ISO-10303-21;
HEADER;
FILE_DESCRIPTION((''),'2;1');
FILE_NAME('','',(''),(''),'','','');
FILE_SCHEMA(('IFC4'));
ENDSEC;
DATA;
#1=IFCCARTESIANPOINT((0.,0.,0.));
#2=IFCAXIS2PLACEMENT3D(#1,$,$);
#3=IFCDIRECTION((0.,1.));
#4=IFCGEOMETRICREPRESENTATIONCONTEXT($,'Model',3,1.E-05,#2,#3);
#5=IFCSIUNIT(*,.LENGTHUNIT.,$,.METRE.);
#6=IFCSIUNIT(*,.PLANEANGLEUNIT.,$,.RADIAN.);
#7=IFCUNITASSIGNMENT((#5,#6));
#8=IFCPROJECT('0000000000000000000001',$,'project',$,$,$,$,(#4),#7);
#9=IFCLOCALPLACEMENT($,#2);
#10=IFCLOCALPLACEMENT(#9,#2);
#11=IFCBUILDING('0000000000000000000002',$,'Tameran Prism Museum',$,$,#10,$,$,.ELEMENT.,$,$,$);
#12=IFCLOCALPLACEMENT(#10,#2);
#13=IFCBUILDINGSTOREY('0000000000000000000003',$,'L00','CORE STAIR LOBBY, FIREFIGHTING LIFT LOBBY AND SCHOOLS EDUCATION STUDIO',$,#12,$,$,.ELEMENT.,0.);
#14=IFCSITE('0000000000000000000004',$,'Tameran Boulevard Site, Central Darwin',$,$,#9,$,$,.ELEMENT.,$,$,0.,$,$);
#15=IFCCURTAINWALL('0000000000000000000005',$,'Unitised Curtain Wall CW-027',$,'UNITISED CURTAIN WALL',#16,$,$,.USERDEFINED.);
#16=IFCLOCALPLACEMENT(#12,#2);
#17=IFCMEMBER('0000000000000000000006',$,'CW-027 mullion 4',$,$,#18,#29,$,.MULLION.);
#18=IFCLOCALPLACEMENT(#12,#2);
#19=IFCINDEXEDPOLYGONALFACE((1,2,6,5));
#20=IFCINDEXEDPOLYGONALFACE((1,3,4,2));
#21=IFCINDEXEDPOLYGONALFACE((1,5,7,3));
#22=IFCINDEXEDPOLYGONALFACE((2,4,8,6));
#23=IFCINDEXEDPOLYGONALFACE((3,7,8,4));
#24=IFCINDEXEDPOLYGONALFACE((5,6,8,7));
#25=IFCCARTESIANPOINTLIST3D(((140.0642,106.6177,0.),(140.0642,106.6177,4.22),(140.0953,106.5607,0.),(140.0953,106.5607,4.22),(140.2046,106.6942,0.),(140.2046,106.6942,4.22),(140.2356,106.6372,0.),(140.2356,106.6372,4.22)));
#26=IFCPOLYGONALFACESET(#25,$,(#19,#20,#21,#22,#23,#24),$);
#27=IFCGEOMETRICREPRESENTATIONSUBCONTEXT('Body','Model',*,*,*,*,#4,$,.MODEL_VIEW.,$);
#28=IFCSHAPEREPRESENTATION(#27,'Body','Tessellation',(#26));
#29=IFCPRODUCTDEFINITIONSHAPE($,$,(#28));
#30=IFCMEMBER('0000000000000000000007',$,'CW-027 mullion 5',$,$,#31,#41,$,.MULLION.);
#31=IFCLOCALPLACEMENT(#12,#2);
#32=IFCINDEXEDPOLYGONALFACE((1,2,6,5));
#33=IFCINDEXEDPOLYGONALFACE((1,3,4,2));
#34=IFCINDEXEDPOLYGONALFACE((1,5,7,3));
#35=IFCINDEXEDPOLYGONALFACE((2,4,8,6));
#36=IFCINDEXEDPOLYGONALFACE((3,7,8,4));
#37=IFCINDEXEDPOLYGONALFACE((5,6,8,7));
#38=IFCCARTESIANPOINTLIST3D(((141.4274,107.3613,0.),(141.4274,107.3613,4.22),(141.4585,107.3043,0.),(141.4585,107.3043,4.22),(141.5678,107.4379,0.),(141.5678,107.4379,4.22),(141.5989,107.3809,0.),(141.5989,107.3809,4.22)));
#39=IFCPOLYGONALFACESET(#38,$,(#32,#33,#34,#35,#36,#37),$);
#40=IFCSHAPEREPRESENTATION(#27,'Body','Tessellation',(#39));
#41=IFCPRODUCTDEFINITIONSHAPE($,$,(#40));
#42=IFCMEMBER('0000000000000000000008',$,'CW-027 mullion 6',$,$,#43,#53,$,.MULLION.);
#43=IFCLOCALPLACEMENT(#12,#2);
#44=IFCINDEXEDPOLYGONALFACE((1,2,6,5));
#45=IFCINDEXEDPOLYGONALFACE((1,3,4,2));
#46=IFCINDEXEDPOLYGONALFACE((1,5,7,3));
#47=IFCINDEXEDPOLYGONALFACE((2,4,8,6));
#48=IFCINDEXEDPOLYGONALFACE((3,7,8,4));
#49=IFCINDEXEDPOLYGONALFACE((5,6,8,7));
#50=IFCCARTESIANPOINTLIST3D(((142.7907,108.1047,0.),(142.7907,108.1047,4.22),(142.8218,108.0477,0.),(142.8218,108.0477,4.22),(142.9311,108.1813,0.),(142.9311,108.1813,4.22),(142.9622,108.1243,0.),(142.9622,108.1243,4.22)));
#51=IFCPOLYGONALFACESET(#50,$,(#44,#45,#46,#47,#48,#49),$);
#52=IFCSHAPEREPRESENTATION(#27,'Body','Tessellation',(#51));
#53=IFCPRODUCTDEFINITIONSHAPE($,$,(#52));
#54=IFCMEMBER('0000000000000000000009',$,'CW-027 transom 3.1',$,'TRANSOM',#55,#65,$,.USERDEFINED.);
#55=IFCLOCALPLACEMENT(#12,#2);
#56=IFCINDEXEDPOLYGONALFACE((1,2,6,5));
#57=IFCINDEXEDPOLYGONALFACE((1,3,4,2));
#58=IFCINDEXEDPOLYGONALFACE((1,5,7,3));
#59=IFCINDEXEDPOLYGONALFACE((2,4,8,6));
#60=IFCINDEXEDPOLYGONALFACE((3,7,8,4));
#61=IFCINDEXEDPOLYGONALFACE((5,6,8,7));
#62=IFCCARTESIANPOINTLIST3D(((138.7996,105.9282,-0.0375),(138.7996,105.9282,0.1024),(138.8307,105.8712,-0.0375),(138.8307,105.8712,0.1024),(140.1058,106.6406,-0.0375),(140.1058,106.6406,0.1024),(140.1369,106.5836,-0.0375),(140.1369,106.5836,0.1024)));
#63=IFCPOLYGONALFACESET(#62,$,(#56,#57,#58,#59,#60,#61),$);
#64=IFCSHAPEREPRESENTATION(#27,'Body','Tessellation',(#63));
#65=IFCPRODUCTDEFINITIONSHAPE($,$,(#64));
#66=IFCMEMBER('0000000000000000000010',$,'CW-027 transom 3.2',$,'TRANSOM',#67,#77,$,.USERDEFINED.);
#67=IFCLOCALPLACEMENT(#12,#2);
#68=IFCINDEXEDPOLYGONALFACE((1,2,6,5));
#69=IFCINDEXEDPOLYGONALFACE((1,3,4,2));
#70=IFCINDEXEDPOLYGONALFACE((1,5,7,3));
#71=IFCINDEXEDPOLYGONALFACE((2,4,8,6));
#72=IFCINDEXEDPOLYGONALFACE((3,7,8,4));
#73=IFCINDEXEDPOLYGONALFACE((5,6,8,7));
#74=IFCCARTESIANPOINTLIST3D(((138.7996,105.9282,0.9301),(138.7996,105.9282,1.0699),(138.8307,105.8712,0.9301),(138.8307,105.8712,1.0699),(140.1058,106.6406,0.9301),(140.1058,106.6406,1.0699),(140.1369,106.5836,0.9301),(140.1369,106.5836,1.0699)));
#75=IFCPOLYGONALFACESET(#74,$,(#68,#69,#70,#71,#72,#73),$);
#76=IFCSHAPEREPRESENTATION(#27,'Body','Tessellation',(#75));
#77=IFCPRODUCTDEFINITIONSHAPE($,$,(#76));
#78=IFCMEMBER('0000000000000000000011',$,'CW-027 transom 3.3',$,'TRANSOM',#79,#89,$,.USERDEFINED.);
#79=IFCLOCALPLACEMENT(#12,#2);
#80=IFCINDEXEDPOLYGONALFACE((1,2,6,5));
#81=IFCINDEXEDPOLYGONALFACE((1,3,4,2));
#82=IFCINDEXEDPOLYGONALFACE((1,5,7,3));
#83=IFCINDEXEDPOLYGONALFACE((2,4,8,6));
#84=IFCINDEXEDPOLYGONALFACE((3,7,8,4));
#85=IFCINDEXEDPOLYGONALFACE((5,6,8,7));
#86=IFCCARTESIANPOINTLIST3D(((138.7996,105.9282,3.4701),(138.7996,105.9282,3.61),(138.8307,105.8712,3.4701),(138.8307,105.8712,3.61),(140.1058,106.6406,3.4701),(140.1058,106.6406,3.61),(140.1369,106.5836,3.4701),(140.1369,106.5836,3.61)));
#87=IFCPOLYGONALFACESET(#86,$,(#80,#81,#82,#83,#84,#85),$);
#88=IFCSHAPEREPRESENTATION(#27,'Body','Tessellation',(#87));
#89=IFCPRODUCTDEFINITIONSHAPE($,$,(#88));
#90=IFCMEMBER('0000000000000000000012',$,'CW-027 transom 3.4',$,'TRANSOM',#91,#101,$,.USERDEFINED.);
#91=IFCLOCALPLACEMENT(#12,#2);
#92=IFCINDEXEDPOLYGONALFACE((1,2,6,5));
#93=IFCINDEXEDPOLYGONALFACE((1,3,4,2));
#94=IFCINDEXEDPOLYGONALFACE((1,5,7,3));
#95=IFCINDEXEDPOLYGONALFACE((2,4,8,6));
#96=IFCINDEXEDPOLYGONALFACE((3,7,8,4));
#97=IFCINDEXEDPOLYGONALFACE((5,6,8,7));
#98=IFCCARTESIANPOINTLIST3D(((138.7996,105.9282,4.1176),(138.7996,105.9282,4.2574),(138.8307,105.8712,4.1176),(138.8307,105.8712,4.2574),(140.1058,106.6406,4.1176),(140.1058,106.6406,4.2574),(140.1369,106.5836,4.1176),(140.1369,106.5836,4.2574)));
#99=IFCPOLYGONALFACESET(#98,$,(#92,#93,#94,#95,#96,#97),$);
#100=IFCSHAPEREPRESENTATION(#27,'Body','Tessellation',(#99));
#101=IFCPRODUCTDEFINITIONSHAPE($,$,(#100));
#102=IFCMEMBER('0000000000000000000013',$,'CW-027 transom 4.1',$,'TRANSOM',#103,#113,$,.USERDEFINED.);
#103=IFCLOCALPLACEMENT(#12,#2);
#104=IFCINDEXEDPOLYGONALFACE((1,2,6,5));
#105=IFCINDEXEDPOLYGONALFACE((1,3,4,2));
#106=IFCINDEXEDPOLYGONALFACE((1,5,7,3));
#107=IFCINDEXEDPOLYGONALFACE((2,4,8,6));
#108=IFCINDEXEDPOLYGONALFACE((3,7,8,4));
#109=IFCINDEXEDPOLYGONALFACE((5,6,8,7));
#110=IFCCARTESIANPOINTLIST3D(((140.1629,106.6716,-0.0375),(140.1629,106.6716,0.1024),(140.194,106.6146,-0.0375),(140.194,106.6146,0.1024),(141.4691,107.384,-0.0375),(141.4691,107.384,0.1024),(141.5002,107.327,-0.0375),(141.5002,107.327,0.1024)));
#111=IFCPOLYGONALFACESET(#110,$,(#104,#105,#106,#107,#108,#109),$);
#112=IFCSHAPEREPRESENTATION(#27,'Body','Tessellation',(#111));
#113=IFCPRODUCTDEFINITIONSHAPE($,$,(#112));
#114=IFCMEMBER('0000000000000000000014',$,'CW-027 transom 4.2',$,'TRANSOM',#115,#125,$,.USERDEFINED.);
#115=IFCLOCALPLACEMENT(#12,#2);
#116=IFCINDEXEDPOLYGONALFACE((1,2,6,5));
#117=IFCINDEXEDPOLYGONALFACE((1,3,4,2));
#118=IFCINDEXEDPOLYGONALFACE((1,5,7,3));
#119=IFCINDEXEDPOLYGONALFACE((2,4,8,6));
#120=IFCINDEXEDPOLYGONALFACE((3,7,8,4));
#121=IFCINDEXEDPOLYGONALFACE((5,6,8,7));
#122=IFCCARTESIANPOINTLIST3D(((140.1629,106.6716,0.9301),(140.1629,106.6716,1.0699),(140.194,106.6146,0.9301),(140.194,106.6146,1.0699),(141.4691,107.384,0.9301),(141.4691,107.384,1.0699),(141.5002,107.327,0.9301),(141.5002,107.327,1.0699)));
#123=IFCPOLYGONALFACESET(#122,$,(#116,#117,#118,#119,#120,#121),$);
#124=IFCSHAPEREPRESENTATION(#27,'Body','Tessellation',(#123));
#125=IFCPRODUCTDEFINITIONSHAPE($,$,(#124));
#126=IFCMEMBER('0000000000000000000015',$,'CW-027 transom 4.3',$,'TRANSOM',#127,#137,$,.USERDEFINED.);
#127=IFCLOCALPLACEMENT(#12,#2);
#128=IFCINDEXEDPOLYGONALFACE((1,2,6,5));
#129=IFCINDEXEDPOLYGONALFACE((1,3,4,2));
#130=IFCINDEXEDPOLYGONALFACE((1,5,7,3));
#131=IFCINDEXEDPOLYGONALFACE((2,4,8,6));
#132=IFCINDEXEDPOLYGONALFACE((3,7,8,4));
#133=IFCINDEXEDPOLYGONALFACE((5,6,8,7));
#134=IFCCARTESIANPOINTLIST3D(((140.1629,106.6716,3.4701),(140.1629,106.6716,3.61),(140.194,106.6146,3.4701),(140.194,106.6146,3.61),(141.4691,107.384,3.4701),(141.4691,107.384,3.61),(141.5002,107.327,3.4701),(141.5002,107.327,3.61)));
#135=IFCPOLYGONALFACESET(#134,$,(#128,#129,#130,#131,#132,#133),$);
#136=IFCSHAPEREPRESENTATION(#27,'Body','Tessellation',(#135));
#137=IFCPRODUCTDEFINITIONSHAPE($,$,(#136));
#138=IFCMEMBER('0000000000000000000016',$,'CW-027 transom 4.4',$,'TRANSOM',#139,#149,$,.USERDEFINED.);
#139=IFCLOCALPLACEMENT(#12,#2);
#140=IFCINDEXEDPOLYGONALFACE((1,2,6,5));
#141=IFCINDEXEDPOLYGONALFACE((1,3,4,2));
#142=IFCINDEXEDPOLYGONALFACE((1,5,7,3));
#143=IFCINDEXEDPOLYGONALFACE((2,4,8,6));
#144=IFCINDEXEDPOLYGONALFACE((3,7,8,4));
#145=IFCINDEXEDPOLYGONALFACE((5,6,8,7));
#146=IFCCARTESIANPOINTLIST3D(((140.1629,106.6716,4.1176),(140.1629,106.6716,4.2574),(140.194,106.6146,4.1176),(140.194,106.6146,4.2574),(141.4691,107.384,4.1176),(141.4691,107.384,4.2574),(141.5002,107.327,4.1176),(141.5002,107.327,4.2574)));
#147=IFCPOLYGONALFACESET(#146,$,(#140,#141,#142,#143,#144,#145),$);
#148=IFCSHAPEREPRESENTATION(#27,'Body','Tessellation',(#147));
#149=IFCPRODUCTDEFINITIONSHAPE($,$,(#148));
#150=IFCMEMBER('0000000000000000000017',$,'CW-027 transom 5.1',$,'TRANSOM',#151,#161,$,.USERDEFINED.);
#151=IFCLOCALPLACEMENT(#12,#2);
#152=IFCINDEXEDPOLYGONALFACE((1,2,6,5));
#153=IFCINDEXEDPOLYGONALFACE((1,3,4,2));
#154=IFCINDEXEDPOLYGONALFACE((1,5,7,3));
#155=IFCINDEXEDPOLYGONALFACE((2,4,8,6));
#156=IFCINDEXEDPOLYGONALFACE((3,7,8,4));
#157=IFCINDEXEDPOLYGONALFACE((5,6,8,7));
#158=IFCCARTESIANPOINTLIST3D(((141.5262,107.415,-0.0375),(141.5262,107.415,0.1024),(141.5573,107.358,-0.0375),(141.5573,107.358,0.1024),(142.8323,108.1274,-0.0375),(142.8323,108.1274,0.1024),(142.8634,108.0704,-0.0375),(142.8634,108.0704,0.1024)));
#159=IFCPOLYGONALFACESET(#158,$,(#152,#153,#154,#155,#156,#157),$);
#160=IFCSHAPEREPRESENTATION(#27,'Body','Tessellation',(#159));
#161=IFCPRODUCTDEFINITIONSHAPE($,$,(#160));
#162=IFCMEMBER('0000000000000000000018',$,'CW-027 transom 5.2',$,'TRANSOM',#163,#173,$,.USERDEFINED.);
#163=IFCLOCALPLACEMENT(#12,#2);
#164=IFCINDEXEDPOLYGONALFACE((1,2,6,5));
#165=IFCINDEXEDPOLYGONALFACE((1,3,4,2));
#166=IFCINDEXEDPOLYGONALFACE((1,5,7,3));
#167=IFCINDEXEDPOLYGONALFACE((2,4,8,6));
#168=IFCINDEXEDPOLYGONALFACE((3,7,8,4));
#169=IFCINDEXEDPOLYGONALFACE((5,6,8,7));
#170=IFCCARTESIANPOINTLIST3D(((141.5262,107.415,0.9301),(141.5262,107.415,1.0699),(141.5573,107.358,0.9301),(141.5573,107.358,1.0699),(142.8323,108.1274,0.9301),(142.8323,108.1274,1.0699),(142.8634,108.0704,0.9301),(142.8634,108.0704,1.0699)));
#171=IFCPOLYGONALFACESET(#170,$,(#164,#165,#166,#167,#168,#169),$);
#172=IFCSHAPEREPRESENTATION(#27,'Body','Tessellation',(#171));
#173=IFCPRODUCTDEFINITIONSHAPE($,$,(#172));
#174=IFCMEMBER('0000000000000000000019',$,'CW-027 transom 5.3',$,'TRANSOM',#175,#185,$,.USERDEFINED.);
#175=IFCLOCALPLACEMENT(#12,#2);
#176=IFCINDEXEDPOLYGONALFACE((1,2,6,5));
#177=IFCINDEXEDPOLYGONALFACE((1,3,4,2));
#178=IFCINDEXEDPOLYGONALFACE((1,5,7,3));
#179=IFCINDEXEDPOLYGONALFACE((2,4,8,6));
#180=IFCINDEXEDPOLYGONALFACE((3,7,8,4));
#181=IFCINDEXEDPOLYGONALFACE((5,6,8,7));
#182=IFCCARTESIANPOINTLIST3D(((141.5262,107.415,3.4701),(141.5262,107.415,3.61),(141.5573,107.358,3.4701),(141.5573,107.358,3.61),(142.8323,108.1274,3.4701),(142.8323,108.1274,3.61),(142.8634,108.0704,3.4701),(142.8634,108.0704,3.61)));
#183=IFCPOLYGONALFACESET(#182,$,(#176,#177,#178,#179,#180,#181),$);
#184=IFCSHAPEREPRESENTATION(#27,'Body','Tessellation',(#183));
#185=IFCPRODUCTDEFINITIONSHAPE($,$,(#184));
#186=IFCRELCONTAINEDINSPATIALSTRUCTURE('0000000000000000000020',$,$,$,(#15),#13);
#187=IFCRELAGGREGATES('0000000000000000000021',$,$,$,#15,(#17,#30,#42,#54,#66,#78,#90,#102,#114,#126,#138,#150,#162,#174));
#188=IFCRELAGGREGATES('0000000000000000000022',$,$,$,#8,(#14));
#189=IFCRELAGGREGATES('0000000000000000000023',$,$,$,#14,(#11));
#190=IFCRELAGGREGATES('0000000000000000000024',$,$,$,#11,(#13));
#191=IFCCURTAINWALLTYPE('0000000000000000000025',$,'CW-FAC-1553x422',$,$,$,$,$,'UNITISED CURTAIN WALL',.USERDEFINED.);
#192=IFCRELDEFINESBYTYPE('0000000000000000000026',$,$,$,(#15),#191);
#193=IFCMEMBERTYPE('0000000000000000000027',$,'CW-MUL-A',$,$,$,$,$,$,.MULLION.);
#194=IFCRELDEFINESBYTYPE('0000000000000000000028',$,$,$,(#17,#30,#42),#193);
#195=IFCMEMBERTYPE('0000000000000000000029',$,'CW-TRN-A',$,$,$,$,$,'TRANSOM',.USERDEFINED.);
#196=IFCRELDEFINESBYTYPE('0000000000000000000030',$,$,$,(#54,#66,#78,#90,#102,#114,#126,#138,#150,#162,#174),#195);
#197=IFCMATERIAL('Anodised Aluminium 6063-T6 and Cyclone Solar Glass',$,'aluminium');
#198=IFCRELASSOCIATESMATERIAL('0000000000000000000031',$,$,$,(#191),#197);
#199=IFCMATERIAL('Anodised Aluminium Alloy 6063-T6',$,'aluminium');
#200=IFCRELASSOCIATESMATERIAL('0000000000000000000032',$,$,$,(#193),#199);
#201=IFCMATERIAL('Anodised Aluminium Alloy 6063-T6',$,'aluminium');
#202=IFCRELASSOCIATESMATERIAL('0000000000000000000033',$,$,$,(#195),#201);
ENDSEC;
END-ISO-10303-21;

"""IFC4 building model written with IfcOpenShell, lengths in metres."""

from ifc_helpers import new_model, si_unit, direction, frame, origin, origin_2d, place, context, subcontext, project, spatial, rectangle, extrude, material, material_profile, profile_set, type_object, element, aggregate, save


model = new_model("IFC4")

# Units and contexts
model_context = context("Model", 3, precision=1e-05, world=origin(), true_north=direction((0.0, 1.0)))
body_context = subcontext(model_context, "Body", "Model", "MODEL_VIEW")
ifc_project = project(units=[si_unit("LENGTHUNIT", "METRE"), si_unit("PLANEANGLEUNIT", "RADIAN")], contexts=[model_context])

# Site, building, storey
site_placement = place(None, origin())
site = spatial("IfcSite", under=ifc_project, at=site_placement, Name="Tameran Boulevard Site, Central Darwin", CompositionType="ELEMENT", RefElevation=0.0)
building_placement = place(site_placement, origin())
building = spatial("IfcBuilding", under=site, at=building_placement, Name="Tameran Prism Museum", CompositionType="ELEMENT")
storey_placement = place(building_placement, origin())
storey = spatial("IfcBuildingStorey", under=building, at=storey_placement, Name="L00", Description="CORE STAIR LOBBY, FIREFIGHTING LIFT LOBBY AND SCHOOLS EDUCATION STUDIO", CompositionType="ELEMENT", Elevation=0.0)

# Curtain wall, members
ifc_material_1 = material(Name="Anodised Aluminium 6063-T6 and Cyclone Solar Glass", Category="aluminium")
curtain_wall_type = type_object("IfcCurtainWallType", Name="CW-FAC-1553x422", ElementType="UNITISED CURTAIN WALL", PredefinedType="USERDEFINED", material=ifc_material_1)
curtain_wall_placement = place(storey_placement, origin())
curtain_wall = element("IfcCurtainWall", 1, at=curtain_wall_placement, inside=storey, type_object=curtain_wall_type, Name="Unitised Curtain Wall CW-027", ObjectType="UNITISED CURTAIN WALL", PredefinedType="USERDEFINED")
ifc_material_2 = material(Name="Anodised Aluminium Alloy 6063-T6", Category="aluminium")
ifc_material_profile_1 = material_profile(ifc_material_2, rectangle(XDim=0.0649, YDim=0.1599, at=origin_2d()))
ifc_profile_set_1 = profile_set([ifc_material_profile_1])
member_type_1 = type_object("IfcMemberType", Name="CW-MUL-A", PredefinedType="MULLION", material=ifc_profile_set_1)
member_1_placement = place(storey_placement, frame((140.1499, 106.6274, 0.0), z_axis=(0.0, 0.0, 1.0), x_axis=(-0.478793, 0.877928, 0.0)))
member_1 = element("IfcMember", 2, at=member_1_placement, type_object=member_type_1, Name="CW-027 mullion 4", PredefinedType="MULLION", context=body_context, shape_type="SweptSolid", body=[
    extrude(rectangle(XDim=0.0649, YDim=0.1599, at=origin_2d()), origin(), (0.0, 0.0, 1.0), 4.22),
])
member_2_placement = place(storey_placement, frame((141.5132, 107.3711, 0.0), z_axis=(0.0, 0.0, 1.0), x_axis=(-0.478793, 0.877928, 0.0)))
member_2 = element("IfcMember", 3, at=member_2_placement, type_object=member_type_1, Name="CW-027 mullion 5", PredefinedType="MULLION", context=body_context, shape_type="SweptSolid", body=[
    extrude(rectangle(XDim=0.0649, YDim=0.1599, at=origin_2d()), origin(), (0.0, 0.0, 1.0), 4.22),
])
member_3_placement = place(storey_placement, frame((142.8765, 108.1145, 0.0), z_axis=(0.0, 0.0, 1.0), x_axis=(-0.478793, 0.877928, 0.0)))
member_3 = element("IfcMember", 4, at=member_3_placement, type_object=member_type_1, Name="CW-027 mullion 6", PredefinedType="MULLION", context=body_context, shape_type="SweptSolid", body=[
    extrude(rectangle(XDim=0.0649, YDim=0.1599, at=origin_2d()), origin(), (0.0, 0.0, 1.0), 4.22),
])
ifc_material_3 = material(Name="Anodised Aluminium Alloy 6063-T6", Category="aluminium")
ifc_material_profile_2 = material_profile(ifc_material_3, rectangle(XDim=0.0649, YDim=0.1399, at=origin_2d()))
ifc_profile_set_2 = profile_set([ifc_material_profile_2])
member_type_2 = type_object("IfcMemberType", Name="CW-TRN-A", ElementType="TRANSOM", PredefinedType="USERDEFINED", material=ifc_profile_set_2)
member_4_placement = place(storey_placement, frame((138.8152, 105.8997, 0.0325), z_axis=(0.877908, 0.478829, 0.0), x_axis=(-0.478829, 0.877908, 0.0)))
member_4 = element("IfcMember", 5, at=member_4_placement, type_object=member_type_2, Name="CW-027 transom 3.1", ObjectType="TRANSOM", PredefinedType="USERDEFINED", context=body_context, shape_type="SweptSolid", body=[
    extrude(rectangle(XDim=0.0649, YDim=0.1399, at=origin_2d()), origin(), (0.0, 0.0, 1.0), 1.4878),
])
member_5_placement = place(storey_placement, frame((138.8152, 105.8997, 1.0), z_axis=(0.877908, 0.478829, 0.0), x_axis=(-0.478829, 0.877908, 0.0)))
member_5 = element("IfcMember", 6, at=member_5_placement, type_object=member_type_2, Name="CW-027 transom 3.2", ObjectType="TRANSOM", PredefinedType="USERDEFINED", context=body_context, shape_type="SweptSolid", body=[
    extrude(rectangle(XDim=0.0649, YDim=0.1399, at=origin_2d()), origin(), (0.0, 0.0, 1.0), 1.4878),
])
member_6_placement = place(storey_placement, frame((138.8152, 105.8997, 3.54), z_axis=(0.877908, 0.478829, 0.0), x_axis=(-0.478829, 0.877908, 0.0)))
member_6 = element("IfcMember", 7, at=member_6_placement, type_object=member_type_2, Name="CW-027 transom 3.3", ObjectType="TRANSOM", PredefinedType="USERDEFINED", context=body_context, shape_type="SweptSolid", body=[
    extrude(rectangle(XDim=0.0649, YDim=0.1399, at=origin_2d()), origin(), (0.0, 0.0, 1.0), 1.4878),
])
member_7_placement = place(storey_placement, frame((138.8152, 105.8997, 4.1875), z_axis=(0.877908, 0.478829, 0.0), x_axis=(-0.478829, 0.877908, 0.0)))
member_7 = element("IfcMember", 8, at=member_7_placement, type_object=member_type_2, Name="CW-027 transom 3.4", ObjectType="TRANSOM", PredefinedType="USERDEFINED", context=body_context, shape_type="SweptSolid", body=[
    extrude(rectangle(XDim=0.0649, YDim=0.1399, at=origin_2d()), origin(), (0.0, 0.0, 1.0), 1.4878),
])
member_8_placement = place(storey_placement, frame((140.1785, 106.6431, 0.0325), z_axis=(0.877908, 0.478829, 0.0), x_axis=(-0.478829, 0.877908, 0.0)))
member_8 = element("IfcMember", 9, at=member_8_placement, type_object=member_type_2, Name="CW-027 transom 4.1", ObjectType="TRANSOM", PredefinedType="USERDEFINED", context=body_context, shape_type="SweptSolid", body=[
    extrude(rectangle(XDim=0.0649, YDim=0.1399, at=origin_2d()), origin(), (0.0, 0.0, 1.0), 1.4878),
])
member_9_placement = place(storey_placement, frame((140.1785, 106.6431, 1.0), z_axis=(0.877908, 0.478829, 0.0), x_axis=(-0.478829, 0.877908, 0.0)))
member_9 = element("IfcMember", 10, at=member_9_placement, type_object=member_type_2, Name="CW-027 transom 4.2", ObjectType="TRANSOM", PredefinedType="USERDEFINED", context=body_context, shape_type="SweptSolid", body=[
    extrude(rectangle(XDim=0.0649, YDim=0.1399, at=origin_2d()), origin(), (0.0, 0.0, 1.0), 1.4878),
])
member_10_placement = place(storey_placement, frame((140.1785, 106.6431, 3.54), z_axis=(0.877908, 0.478829, 0.0), x_axis=(-0.478829, 0.877908, 0.0)))
member_10 = element("IfcMember", 11, at=member_10_placement, type_object=member_type_2, Name="CW-027 transom 4.3", ObjectType="TRANSOM", PredefinedType="USERDEFINED", context=body_context, shape_type="SweptSolid", body=[
    extrude(rectangle(XDim=0.0649, YDim=0.1399, at=origin_2d()), origin(), (0.0, 0.0, 1.0), 1.4878),
])
member_11_placement = place(storey_placement, frame((140.1785, 106.6431, 4.1875), z_axis=(0.877908, 0.478829, 0.0), x_axis=(-0.478829, 0.877908, 0.0)))
member_11 = element("IfcMember", 12, at=member_11_placement, type_object=member_type_2, Name="CW-027 transom 4.4", ObjectType="TRANSOM", PredefinedType="USERDEFINED", context=body_context, shape_type="SweptSolid", body=[
    extrude(rectangle(XDim=0.0649, YDim=0.1399, at=origin_2d()), origin(), (0.0, 0.0, 1.0), 1.4878),
])
member_12_placement = place(storey_placement, frame((141.5417, 107.3865, 0.0325), z_axis=(0.877908, 0.478829, 0.0), x_axis=(-0.478829, 0.877908, 0.0)))
member_12 = element("IfcMember", 13, at=member_12_placement, type_object=member_type_2, Name="CW-027 transom 5.1", ObjectType="TRANSOM", PredefinedType="USERDEFINED", context=body_context, shape_type="SweptSolid", body=[
    extrude(rectangle(XDim=0.0649, YDim=0.1399, at=origin_2d()), origin(), (0.0, 0.0, 1.0), 1.4878),
])
member_13_placement = place(storey_placement, frame((141.5417, 107.3865, 1.0), z_axis=(0.877908, 0.478829, 0.0), x_axis=(-0.478829, 0.877908, 0.0)))
member_13 = element("IfcMember", 14, at=member_13_placement, type_object=member_type_2, Name="CW-027 transom 5.2", ObjectType="TRANSOM", PredefinedType="USERDEFINED", context=body_context, shape_type="SweptSolid", body=[
    extrude(rectangle(XDim=0.0649, YDim=0.1399, at=origin_2d()), origin(), (0.0, 0.0, 1.0), 1.4878),
])
member_14_placement = place(storey_placement, frame((141.5417, 107.3865, 3.54), z_axis=(0.877908, 0.478829, 0.0), x_axis=(-0.478829, 0.877908, 0.0)))
member_14 = element("IfcMember", 15, at=member_14_placement, type_object=member_type_2, Name="CW-027 transom 5.3", ObjectType="TRANSOM", PredefinedType="USERDEFINED", context=body_context, shape_type="SweptSolid", body=[
    extrude(rectangle(XDim=0.0649, YDim=0.1399, at=origin_2d()), origin(), (0.0, 0.0, 1.0), 1.4878),
])
aggregate(curtain_wall, [member_1, member_2, member_3, member_4, member_5, member_6, member_7, member_8, member_9, member_10, member_11, member_12, member_13, member_14])

save(model, "model.ifc")
